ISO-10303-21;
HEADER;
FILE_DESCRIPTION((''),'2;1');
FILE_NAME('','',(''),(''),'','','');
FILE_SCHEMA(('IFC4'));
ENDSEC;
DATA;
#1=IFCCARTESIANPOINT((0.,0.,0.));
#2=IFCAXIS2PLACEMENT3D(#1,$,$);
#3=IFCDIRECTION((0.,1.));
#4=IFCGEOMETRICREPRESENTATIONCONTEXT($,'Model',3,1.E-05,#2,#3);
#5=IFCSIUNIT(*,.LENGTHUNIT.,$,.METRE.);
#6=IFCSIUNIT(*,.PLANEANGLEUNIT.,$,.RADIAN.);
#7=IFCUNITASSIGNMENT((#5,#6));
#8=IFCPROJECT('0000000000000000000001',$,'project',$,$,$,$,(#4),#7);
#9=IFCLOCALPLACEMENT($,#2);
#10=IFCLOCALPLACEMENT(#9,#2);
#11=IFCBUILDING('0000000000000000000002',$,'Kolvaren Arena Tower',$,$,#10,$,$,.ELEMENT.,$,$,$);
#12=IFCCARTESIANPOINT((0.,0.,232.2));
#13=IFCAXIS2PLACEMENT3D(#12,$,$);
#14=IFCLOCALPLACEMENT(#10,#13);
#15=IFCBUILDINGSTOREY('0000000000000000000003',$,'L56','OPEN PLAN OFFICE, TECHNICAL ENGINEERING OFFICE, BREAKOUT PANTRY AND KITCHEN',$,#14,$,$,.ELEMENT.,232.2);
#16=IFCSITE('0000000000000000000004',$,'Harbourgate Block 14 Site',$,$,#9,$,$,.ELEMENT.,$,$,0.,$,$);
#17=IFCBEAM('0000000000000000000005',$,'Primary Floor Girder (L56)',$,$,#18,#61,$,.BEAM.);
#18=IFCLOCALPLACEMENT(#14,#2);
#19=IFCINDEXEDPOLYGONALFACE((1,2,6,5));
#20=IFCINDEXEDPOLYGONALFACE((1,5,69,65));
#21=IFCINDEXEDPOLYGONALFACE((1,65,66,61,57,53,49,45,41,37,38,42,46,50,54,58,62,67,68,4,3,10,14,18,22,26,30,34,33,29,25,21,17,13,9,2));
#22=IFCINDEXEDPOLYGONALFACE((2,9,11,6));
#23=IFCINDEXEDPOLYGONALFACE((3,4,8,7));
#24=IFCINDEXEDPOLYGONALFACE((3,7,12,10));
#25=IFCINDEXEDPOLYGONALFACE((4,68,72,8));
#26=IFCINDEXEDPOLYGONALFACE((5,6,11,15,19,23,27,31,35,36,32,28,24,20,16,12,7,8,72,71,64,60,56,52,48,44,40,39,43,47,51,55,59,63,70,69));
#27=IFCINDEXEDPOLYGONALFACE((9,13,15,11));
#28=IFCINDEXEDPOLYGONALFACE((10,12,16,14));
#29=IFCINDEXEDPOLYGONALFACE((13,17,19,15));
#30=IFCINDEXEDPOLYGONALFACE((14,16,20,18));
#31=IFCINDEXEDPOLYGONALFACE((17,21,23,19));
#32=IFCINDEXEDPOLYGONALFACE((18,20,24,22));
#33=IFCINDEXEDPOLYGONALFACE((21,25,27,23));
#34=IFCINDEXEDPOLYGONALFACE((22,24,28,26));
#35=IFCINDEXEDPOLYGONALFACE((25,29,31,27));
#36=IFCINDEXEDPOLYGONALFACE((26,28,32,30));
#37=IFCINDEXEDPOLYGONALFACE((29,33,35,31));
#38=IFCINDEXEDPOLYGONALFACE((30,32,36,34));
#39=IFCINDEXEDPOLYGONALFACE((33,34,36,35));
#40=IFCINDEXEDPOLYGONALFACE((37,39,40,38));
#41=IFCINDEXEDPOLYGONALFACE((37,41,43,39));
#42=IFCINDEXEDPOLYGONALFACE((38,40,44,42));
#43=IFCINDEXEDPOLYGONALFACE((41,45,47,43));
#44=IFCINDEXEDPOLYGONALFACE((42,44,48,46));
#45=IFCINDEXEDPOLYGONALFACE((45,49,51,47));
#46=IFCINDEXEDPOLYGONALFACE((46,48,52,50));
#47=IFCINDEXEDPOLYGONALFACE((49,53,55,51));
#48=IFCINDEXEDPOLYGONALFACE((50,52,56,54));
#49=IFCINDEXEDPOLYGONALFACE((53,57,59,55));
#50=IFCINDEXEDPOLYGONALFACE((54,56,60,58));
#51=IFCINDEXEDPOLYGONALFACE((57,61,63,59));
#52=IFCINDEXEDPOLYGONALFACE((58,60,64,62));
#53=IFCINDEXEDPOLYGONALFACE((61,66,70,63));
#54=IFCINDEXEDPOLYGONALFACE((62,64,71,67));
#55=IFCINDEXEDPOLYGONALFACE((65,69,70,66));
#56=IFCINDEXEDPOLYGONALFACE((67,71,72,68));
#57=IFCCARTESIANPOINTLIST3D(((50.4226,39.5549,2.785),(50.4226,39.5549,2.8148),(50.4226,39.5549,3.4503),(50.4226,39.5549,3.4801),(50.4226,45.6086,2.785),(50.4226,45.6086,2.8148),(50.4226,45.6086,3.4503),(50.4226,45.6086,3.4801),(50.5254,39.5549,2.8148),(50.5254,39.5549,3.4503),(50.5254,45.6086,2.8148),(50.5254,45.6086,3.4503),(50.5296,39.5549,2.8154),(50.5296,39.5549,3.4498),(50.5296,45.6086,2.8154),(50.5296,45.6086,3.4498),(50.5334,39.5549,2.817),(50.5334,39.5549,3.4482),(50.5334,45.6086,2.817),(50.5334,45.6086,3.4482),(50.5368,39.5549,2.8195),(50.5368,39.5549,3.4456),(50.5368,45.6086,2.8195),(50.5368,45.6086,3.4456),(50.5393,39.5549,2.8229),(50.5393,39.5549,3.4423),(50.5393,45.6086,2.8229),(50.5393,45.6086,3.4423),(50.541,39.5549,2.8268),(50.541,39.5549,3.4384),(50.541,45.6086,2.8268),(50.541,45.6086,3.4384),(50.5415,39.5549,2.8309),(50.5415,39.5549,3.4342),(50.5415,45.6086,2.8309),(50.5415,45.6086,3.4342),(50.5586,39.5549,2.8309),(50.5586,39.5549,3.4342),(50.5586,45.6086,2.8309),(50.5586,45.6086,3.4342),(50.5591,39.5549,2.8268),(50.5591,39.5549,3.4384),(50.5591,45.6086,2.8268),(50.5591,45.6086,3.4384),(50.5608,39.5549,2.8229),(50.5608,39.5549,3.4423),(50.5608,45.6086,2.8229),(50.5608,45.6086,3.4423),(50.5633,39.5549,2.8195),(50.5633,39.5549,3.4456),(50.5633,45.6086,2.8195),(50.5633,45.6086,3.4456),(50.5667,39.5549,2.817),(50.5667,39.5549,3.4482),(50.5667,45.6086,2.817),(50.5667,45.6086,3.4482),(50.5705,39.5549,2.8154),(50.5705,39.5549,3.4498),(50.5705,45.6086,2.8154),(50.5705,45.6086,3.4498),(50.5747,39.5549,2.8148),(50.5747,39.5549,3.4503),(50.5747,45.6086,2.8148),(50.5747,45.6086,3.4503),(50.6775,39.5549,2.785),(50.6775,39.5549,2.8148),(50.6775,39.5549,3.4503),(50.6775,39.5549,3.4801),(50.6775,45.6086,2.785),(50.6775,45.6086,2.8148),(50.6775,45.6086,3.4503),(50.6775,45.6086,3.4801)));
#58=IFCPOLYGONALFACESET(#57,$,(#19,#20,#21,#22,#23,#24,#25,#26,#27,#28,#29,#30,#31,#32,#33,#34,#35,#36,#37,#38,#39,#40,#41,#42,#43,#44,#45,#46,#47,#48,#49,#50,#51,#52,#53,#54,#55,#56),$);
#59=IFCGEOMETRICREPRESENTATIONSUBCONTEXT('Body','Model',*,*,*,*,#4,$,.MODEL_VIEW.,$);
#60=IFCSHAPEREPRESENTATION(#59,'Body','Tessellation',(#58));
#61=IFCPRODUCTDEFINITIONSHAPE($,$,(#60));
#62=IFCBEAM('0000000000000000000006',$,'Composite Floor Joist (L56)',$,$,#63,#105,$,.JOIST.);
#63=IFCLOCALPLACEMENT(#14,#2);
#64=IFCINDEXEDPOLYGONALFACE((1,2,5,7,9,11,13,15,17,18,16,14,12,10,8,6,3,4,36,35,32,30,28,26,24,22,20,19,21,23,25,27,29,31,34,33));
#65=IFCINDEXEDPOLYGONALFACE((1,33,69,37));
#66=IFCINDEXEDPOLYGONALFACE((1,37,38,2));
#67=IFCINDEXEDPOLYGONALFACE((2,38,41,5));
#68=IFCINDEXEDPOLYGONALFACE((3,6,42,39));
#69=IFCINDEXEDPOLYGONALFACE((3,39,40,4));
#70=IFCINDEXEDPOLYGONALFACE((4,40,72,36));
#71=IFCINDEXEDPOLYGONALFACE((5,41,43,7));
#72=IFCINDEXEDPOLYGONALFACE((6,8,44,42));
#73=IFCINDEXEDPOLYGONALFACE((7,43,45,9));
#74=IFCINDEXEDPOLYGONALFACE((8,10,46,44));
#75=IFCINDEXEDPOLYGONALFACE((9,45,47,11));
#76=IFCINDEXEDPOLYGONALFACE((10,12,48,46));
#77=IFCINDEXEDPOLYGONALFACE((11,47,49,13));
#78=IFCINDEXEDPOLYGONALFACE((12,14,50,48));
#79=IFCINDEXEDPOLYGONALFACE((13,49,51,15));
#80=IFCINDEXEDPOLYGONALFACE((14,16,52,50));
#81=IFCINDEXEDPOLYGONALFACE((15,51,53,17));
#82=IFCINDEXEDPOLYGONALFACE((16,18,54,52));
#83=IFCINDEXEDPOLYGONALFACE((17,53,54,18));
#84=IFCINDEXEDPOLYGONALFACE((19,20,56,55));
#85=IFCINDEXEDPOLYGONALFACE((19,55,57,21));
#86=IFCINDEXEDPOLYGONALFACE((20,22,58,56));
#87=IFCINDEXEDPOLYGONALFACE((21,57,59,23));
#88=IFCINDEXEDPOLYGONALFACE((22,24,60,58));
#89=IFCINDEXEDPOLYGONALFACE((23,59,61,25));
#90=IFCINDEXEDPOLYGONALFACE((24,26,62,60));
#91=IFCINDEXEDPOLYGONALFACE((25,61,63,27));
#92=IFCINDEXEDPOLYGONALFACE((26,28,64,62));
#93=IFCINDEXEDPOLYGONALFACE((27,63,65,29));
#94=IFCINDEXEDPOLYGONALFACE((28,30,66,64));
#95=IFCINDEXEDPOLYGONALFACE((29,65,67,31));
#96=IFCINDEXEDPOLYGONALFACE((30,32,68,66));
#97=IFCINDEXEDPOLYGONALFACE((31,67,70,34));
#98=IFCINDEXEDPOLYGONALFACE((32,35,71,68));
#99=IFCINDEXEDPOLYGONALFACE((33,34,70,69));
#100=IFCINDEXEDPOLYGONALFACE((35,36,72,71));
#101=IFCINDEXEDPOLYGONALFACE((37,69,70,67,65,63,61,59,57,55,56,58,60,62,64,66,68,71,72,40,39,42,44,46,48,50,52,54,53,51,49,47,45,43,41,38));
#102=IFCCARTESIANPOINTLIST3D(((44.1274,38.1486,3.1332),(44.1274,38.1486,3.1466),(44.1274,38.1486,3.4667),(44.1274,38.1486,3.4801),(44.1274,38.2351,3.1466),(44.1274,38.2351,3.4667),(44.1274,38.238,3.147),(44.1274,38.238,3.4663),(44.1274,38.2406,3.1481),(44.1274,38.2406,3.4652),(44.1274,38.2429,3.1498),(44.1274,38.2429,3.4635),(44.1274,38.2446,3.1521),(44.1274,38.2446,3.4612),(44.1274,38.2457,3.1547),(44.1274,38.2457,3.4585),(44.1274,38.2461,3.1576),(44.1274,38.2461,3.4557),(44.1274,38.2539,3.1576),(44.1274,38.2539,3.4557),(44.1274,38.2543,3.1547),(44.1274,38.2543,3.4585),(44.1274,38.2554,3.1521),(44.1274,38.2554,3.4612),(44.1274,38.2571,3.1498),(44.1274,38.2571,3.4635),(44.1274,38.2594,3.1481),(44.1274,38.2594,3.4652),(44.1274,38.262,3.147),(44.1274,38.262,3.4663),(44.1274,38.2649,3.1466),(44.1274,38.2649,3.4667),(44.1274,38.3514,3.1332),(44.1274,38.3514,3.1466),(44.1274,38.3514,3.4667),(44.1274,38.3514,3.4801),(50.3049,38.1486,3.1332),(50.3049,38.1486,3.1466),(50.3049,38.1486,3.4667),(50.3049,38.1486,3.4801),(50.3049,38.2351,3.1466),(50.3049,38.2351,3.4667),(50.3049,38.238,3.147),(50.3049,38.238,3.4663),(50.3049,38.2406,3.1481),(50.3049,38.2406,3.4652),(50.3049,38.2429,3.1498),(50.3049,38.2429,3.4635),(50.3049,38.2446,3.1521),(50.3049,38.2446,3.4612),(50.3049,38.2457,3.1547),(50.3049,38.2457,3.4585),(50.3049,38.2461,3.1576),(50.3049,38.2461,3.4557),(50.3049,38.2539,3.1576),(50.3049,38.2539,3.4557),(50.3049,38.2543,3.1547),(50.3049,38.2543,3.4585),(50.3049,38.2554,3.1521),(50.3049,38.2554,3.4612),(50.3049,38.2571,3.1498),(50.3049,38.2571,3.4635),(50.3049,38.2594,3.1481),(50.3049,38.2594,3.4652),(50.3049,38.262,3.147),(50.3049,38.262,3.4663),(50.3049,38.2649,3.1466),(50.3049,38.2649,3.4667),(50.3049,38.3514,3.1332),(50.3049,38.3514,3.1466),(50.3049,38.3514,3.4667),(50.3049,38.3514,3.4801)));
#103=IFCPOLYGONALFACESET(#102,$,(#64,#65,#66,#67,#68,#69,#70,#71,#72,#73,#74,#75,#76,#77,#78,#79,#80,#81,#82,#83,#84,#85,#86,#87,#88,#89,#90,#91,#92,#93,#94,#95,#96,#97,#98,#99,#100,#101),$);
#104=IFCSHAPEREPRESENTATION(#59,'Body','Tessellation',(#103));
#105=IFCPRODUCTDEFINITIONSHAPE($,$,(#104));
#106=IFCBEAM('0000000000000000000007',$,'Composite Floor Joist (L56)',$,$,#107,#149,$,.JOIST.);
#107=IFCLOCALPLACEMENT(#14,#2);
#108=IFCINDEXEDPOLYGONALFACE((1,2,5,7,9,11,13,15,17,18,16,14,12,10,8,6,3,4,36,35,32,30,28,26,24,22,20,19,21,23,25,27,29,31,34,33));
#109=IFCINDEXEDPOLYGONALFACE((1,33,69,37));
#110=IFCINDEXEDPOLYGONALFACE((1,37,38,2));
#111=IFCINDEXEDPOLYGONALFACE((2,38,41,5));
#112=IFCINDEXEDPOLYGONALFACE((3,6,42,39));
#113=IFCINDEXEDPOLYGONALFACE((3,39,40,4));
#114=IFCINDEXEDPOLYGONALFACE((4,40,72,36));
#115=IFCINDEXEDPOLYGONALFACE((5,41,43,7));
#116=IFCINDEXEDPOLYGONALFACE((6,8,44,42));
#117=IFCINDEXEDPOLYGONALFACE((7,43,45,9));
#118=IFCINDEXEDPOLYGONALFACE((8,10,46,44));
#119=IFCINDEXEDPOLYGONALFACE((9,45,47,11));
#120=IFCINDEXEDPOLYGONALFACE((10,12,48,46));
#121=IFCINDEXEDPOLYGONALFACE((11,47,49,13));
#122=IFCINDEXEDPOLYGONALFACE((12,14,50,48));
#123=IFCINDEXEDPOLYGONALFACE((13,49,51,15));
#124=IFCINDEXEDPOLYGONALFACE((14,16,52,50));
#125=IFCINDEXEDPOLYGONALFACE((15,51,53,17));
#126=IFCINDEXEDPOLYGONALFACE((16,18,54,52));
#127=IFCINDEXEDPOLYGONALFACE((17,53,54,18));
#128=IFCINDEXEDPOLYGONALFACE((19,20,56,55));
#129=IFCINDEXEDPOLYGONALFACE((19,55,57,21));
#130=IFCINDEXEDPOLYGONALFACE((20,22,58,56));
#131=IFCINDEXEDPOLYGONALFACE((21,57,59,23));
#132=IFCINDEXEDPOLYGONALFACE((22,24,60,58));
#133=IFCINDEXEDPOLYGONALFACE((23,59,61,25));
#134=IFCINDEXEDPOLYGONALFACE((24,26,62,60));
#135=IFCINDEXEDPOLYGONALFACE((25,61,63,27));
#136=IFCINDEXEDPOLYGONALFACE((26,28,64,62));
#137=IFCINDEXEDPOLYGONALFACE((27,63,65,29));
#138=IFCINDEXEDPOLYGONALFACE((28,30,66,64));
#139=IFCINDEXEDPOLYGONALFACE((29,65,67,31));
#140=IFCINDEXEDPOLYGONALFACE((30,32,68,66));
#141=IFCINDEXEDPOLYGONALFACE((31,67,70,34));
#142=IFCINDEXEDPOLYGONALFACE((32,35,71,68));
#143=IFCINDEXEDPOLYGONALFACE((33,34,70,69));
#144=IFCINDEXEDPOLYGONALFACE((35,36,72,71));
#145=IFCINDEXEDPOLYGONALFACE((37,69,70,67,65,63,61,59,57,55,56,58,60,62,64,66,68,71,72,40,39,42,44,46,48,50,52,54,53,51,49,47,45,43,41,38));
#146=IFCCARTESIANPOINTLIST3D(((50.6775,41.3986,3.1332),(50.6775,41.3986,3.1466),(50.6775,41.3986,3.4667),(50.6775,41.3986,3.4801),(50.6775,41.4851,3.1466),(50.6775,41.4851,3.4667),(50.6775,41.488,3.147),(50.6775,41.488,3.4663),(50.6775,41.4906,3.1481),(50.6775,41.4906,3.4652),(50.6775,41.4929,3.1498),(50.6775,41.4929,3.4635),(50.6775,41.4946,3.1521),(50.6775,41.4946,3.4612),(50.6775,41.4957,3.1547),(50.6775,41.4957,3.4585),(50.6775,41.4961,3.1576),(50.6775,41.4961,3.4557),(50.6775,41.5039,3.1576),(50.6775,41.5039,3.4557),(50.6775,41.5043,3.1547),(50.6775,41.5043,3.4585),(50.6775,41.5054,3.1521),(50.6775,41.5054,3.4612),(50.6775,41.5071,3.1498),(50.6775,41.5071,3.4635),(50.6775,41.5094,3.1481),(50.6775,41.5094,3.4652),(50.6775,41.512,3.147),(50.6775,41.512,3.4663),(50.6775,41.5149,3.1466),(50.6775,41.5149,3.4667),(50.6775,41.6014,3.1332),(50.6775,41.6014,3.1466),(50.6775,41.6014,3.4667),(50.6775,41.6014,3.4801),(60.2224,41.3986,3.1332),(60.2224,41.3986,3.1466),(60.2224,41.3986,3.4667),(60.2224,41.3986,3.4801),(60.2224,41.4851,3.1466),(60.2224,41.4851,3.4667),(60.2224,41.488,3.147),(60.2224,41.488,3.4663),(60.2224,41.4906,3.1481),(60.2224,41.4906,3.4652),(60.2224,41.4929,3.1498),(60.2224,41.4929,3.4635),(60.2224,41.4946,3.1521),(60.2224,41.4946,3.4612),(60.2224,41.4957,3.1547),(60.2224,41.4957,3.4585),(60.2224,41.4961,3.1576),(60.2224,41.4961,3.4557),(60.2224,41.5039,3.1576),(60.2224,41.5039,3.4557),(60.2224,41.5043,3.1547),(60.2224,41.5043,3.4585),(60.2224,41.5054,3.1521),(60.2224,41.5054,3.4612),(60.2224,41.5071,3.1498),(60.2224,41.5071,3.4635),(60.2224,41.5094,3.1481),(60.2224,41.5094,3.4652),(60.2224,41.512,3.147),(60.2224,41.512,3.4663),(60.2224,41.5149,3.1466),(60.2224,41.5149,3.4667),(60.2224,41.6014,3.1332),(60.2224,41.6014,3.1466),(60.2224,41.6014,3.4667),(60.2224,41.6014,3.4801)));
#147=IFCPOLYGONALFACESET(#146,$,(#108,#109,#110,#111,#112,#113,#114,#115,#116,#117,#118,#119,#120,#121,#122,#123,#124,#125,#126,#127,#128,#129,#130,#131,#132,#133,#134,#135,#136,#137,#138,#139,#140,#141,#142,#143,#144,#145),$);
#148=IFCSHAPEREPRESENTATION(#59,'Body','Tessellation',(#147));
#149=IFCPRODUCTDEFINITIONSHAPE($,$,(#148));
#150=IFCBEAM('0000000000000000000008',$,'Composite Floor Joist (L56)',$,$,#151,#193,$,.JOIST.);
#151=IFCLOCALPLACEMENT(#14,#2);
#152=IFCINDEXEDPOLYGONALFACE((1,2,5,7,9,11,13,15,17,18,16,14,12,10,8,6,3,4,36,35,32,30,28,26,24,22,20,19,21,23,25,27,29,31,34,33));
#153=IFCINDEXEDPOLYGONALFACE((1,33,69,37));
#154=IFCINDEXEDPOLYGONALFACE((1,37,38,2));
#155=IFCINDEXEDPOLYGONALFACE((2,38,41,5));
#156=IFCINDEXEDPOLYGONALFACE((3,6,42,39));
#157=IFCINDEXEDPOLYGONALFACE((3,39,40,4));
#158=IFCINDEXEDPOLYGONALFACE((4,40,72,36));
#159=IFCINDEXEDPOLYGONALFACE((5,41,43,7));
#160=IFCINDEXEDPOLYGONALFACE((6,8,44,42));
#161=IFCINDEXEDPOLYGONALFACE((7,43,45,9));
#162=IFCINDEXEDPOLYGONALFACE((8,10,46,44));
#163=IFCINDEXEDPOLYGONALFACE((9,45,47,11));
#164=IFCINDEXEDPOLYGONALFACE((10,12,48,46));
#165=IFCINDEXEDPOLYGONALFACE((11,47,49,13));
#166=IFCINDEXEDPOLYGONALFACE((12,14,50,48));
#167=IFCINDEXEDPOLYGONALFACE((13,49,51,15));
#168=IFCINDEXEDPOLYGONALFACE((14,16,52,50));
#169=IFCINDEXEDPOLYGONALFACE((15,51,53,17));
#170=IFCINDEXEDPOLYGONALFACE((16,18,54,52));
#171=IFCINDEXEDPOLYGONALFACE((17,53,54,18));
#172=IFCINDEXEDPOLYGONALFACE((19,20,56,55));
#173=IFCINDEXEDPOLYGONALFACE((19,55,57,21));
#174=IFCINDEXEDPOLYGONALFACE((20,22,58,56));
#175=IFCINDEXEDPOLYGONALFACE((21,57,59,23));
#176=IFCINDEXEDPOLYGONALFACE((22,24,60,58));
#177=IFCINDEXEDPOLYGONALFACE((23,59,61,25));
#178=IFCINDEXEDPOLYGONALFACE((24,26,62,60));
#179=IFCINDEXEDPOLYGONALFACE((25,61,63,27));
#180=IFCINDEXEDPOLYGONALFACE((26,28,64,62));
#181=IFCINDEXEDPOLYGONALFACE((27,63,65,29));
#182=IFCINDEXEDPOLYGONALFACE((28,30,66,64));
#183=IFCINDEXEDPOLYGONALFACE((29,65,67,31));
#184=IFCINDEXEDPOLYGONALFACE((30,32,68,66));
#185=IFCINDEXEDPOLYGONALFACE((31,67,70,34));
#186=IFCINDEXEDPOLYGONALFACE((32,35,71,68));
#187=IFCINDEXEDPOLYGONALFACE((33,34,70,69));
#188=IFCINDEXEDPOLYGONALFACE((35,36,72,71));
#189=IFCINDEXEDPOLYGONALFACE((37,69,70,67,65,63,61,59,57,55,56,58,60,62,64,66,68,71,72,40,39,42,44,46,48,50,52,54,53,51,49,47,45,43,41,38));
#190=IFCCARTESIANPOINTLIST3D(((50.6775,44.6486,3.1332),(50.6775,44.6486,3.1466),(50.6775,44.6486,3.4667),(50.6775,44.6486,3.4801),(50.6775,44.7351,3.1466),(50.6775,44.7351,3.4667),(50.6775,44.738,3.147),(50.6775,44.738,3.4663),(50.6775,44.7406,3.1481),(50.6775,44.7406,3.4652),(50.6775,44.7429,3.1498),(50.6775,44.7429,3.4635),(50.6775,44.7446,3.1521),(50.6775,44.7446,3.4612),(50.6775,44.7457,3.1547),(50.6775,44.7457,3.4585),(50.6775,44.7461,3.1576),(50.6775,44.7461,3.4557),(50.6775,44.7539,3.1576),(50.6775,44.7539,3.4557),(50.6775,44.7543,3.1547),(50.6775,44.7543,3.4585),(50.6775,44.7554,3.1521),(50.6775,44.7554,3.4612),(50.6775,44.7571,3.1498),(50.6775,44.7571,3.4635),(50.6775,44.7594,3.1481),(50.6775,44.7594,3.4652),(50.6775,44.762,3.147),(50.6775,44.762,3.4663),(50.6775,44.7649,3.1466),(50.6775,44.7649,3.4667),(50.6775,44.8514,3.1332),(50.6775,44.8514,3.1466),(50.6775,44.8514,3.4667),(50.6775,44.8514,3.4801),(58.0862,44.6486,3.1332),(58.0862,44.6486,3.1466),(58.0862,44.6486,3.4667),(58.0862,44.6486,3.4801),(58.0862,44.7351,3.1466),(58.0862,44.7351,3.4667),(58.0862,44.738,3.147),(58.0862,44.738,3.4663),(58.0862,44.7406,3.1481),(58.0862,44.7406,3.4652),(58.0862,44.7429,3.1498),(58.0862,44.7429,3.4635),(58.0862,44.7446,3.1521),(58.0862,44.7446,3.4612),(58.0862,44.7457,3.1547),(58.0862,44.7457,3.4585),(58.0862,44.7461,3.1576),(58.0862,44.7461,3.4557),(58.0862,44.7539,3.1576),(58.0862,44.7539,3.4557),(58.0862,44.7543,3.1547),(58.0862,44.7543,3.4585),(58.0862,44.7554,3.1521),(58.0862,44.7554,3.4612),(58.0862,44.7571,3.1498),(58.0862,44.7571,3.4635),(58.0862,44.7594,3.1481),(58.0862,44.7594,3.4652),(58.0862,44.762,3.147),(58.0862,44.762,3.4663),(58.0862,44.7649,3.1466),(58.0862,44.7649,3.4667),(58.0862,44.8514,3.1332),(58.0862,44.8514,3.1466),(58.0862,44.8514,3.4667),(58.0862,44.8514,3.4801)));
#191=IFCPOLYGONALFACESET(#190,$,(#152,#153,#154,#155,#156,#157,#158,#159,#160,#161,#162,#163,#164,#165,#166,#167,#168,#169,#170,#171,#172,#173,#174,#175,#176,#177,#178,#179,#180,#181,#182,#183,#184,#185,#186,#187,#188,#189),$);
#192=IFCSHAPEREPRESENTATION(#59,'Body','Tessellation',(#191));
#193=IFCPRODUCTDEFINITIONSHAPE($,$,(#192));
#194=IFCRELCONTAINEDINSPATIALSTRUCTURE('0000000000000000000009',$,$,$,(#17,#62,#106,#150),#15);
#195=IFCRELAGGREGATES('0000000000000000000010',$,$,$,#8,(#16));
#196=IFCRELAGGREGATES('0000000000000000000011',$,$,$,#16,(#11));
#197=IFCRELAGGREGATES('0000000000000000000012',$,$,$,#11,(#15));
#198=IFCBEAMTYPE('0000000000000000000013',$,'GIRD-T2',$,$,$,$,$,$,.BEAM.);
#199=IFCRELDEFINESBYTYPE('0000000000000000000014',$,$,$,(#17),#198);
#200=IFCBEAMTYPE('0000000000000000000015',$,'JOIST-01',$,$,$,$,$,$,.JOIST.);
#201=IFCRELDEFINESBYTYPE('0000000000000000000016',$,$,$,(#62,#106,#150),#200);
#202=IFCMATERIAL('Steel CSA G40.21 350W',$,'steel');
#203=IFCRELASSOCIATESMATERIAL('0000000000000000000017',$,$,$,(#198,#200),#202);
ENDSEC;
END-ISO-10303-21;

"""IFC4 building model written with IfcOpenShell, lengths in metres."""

from ifc_helpers import new_model, si_unit, direction, frame, origin, origin_2d, place, context, subcontext, project, spatial, i_section, extrude, material, material_profile, profile_set, type_object, element, save


model = new_model("IFC4")

# Units and contexts
model_context = context("Model", 3, precision=1e-05, world=origin(), true_north=direction((0.0, 1.0)))
body_context = subcontext(model_context, "Body", "Model", "MODEL_VIEW")
ifc_project = project(units=[si_unit("LENGTHUNIT", "METRE"), si_unit("PLANEANGLEUNIT", "RADIAN")], contexts=[model_context])

# Site, building, storey
site_placement = place(None, origin())
site = spatial("IfcSite", under=ifc_project, at=site_placement, Name="Harbourgate Block 14 Site", CompositionType="ELEMENT", RefElevation=0.0)
building_placement = place(site_placement, origin())
building = spatial("IfcBuilding", under=site, at=building_placement, Name="Kolvaren Arena Tower", CompositionType="ELEMENT")
storey_placement = place(building_placement, frame((0.0, 0.0, 232.2)))
storey = spatial("IfcBuildingStorey", under=building, at=storey_placement, Name="L56", Description="OPEN PLAN OFFICE, TECHNICAL ENGINEERING OFFICE, BREAKOUT PANTRY AND KITCHEN", CompositionType="ELEMENT", Elevation=232.2)

# Beams
ifc_material_1 = material(Name="Steel CSA G40.21 350W", Category="steel")
ifc_material_profile_1 = material_profile(ifc_material_1, i_section(OverallWidth=0.2549, OverallDepth=0.6951, WebThickness=0.0171, FlangeThickness=0.0298, FilletRadius=0.0161, at=origin_2d()), Name="W690x217")
ifc_profile_set_1 = profile_set([ifc_material_profile_1], Name="Steel CSA G40.21 350W")
beam_type_1 = type_object("IfcBeamType", Name="GIRD-T2", PredefinedType="BEAM", material=ifc_profile_set_1)
beam_1_placement = place(storey_placement, frame((50.55, 39.5549, 3.1326), z_axis=(0.0, 1.0, 0.0), x_axis=(-1.0, 0.0, 0.0)))
element("IfcBeam", 1, at=beam_1_placement, inside=storey, type_object=beam_type_1, Name="Primary Floor Girder (L56)", PredefinedType="BEAM", context=body_context, shape_type="SweptSolid", body=[
    extrude(i_section(OverallWidth=0.2549, OverallDepth=0.6951, WebThickness=0.0171, FlangeThickness=0.0298, FilletRadius=0.0161, at=origin_2d()), origin(), (0.0, 0.0, 1.0), 6.0537),
])
ifc_material_profile_2 = material_profile(ifc_material_1, i_section(OverallWidth=0.2029, OverallDepth=0.3469, WebThickness=0.0078, FlangeThickness=0.0134, FilletRadius=0.011, at=origin_2d()), Name="W360x64")
ifc_profile_set_2 = profile_set([ifc_material_profile_2], Name="Steel CSA G40.21 350W")
beam_type_2 = type_object("IfcBeamType", Name="JOIST-01", PredefinedType="JOIST", material=ifc_profile_set_2)
beam_2_placement = place(storey_placement, frame((44.1274, 38.25, 3.3066), z_axis=(1.0, 0.0, 0.0), x_axis=(0.0, 1.0, 0.0)))
element("IfcBeam", 2, at=beam_2_placement, inside=storey, type_object=beam_type_2, Name="Composite Floor Joist (L56)", PredefinedType="JOIST", context=body_context, shape_type="SweptSolid", body=[
    extrude(i_section(OverallWidth=0.2029, OverallDepth=0.3469, WebThickness=0.0078, FlangeThickness=0.0134, FilletRadius=0.011, at=origin_2d()), origin(), (0.0, 0.0, 1.0), 6.1775),
])
beam_3_placement = place(storey_placement, frame((50.6775, 41.5, 3.3066), z_axis=(1.0, 0.0, 0.0), x_axis=(0.0, 1.0, 0.0)))
element("IfcBeam", 3, at=beam_3_placement, inside=storey, type_object=beam_type_2, Name="Composite Floor Joist (L56)", PredefinedType="JOIST", context=body_context, shape_type="SweptSolid", body=[
    extrude(i_section(OverallWidth=0.2029, OverallDepth=0.3469, WebThickness=0.0078, FlangeThickness=0.0134, FilletRadius=0.011, at=origin_2d()), origin(), (0.0, 0.0, 1.0), 9.5449),
])
beam_4_placement = place(storey_placement, frame((50.6775, 44.75, 3.3066), z_axis=(1.0, 0.0, 0.0), x_axis=(0.0, 1.0, 0.0)))
element("IfcBeam", 4, at=beam_4_placement, inside=storey, type_object=beam_type_2, Name="Composite Floor Joist (L56)", PredefinedType="JOIST", context=body_context, shape_type="SweptSolid", body=[
    extrude(i_section(OverallWidth=0.2029, OverallDepth=0.3469, WebThickness=0.0078, FlangeThickness=0.0134, FilletRadius=0.011, at=origin_2d()), origin(), (0.0, 0.0, 1.0), 7.4087),
])

save(model, "model.ifc")
